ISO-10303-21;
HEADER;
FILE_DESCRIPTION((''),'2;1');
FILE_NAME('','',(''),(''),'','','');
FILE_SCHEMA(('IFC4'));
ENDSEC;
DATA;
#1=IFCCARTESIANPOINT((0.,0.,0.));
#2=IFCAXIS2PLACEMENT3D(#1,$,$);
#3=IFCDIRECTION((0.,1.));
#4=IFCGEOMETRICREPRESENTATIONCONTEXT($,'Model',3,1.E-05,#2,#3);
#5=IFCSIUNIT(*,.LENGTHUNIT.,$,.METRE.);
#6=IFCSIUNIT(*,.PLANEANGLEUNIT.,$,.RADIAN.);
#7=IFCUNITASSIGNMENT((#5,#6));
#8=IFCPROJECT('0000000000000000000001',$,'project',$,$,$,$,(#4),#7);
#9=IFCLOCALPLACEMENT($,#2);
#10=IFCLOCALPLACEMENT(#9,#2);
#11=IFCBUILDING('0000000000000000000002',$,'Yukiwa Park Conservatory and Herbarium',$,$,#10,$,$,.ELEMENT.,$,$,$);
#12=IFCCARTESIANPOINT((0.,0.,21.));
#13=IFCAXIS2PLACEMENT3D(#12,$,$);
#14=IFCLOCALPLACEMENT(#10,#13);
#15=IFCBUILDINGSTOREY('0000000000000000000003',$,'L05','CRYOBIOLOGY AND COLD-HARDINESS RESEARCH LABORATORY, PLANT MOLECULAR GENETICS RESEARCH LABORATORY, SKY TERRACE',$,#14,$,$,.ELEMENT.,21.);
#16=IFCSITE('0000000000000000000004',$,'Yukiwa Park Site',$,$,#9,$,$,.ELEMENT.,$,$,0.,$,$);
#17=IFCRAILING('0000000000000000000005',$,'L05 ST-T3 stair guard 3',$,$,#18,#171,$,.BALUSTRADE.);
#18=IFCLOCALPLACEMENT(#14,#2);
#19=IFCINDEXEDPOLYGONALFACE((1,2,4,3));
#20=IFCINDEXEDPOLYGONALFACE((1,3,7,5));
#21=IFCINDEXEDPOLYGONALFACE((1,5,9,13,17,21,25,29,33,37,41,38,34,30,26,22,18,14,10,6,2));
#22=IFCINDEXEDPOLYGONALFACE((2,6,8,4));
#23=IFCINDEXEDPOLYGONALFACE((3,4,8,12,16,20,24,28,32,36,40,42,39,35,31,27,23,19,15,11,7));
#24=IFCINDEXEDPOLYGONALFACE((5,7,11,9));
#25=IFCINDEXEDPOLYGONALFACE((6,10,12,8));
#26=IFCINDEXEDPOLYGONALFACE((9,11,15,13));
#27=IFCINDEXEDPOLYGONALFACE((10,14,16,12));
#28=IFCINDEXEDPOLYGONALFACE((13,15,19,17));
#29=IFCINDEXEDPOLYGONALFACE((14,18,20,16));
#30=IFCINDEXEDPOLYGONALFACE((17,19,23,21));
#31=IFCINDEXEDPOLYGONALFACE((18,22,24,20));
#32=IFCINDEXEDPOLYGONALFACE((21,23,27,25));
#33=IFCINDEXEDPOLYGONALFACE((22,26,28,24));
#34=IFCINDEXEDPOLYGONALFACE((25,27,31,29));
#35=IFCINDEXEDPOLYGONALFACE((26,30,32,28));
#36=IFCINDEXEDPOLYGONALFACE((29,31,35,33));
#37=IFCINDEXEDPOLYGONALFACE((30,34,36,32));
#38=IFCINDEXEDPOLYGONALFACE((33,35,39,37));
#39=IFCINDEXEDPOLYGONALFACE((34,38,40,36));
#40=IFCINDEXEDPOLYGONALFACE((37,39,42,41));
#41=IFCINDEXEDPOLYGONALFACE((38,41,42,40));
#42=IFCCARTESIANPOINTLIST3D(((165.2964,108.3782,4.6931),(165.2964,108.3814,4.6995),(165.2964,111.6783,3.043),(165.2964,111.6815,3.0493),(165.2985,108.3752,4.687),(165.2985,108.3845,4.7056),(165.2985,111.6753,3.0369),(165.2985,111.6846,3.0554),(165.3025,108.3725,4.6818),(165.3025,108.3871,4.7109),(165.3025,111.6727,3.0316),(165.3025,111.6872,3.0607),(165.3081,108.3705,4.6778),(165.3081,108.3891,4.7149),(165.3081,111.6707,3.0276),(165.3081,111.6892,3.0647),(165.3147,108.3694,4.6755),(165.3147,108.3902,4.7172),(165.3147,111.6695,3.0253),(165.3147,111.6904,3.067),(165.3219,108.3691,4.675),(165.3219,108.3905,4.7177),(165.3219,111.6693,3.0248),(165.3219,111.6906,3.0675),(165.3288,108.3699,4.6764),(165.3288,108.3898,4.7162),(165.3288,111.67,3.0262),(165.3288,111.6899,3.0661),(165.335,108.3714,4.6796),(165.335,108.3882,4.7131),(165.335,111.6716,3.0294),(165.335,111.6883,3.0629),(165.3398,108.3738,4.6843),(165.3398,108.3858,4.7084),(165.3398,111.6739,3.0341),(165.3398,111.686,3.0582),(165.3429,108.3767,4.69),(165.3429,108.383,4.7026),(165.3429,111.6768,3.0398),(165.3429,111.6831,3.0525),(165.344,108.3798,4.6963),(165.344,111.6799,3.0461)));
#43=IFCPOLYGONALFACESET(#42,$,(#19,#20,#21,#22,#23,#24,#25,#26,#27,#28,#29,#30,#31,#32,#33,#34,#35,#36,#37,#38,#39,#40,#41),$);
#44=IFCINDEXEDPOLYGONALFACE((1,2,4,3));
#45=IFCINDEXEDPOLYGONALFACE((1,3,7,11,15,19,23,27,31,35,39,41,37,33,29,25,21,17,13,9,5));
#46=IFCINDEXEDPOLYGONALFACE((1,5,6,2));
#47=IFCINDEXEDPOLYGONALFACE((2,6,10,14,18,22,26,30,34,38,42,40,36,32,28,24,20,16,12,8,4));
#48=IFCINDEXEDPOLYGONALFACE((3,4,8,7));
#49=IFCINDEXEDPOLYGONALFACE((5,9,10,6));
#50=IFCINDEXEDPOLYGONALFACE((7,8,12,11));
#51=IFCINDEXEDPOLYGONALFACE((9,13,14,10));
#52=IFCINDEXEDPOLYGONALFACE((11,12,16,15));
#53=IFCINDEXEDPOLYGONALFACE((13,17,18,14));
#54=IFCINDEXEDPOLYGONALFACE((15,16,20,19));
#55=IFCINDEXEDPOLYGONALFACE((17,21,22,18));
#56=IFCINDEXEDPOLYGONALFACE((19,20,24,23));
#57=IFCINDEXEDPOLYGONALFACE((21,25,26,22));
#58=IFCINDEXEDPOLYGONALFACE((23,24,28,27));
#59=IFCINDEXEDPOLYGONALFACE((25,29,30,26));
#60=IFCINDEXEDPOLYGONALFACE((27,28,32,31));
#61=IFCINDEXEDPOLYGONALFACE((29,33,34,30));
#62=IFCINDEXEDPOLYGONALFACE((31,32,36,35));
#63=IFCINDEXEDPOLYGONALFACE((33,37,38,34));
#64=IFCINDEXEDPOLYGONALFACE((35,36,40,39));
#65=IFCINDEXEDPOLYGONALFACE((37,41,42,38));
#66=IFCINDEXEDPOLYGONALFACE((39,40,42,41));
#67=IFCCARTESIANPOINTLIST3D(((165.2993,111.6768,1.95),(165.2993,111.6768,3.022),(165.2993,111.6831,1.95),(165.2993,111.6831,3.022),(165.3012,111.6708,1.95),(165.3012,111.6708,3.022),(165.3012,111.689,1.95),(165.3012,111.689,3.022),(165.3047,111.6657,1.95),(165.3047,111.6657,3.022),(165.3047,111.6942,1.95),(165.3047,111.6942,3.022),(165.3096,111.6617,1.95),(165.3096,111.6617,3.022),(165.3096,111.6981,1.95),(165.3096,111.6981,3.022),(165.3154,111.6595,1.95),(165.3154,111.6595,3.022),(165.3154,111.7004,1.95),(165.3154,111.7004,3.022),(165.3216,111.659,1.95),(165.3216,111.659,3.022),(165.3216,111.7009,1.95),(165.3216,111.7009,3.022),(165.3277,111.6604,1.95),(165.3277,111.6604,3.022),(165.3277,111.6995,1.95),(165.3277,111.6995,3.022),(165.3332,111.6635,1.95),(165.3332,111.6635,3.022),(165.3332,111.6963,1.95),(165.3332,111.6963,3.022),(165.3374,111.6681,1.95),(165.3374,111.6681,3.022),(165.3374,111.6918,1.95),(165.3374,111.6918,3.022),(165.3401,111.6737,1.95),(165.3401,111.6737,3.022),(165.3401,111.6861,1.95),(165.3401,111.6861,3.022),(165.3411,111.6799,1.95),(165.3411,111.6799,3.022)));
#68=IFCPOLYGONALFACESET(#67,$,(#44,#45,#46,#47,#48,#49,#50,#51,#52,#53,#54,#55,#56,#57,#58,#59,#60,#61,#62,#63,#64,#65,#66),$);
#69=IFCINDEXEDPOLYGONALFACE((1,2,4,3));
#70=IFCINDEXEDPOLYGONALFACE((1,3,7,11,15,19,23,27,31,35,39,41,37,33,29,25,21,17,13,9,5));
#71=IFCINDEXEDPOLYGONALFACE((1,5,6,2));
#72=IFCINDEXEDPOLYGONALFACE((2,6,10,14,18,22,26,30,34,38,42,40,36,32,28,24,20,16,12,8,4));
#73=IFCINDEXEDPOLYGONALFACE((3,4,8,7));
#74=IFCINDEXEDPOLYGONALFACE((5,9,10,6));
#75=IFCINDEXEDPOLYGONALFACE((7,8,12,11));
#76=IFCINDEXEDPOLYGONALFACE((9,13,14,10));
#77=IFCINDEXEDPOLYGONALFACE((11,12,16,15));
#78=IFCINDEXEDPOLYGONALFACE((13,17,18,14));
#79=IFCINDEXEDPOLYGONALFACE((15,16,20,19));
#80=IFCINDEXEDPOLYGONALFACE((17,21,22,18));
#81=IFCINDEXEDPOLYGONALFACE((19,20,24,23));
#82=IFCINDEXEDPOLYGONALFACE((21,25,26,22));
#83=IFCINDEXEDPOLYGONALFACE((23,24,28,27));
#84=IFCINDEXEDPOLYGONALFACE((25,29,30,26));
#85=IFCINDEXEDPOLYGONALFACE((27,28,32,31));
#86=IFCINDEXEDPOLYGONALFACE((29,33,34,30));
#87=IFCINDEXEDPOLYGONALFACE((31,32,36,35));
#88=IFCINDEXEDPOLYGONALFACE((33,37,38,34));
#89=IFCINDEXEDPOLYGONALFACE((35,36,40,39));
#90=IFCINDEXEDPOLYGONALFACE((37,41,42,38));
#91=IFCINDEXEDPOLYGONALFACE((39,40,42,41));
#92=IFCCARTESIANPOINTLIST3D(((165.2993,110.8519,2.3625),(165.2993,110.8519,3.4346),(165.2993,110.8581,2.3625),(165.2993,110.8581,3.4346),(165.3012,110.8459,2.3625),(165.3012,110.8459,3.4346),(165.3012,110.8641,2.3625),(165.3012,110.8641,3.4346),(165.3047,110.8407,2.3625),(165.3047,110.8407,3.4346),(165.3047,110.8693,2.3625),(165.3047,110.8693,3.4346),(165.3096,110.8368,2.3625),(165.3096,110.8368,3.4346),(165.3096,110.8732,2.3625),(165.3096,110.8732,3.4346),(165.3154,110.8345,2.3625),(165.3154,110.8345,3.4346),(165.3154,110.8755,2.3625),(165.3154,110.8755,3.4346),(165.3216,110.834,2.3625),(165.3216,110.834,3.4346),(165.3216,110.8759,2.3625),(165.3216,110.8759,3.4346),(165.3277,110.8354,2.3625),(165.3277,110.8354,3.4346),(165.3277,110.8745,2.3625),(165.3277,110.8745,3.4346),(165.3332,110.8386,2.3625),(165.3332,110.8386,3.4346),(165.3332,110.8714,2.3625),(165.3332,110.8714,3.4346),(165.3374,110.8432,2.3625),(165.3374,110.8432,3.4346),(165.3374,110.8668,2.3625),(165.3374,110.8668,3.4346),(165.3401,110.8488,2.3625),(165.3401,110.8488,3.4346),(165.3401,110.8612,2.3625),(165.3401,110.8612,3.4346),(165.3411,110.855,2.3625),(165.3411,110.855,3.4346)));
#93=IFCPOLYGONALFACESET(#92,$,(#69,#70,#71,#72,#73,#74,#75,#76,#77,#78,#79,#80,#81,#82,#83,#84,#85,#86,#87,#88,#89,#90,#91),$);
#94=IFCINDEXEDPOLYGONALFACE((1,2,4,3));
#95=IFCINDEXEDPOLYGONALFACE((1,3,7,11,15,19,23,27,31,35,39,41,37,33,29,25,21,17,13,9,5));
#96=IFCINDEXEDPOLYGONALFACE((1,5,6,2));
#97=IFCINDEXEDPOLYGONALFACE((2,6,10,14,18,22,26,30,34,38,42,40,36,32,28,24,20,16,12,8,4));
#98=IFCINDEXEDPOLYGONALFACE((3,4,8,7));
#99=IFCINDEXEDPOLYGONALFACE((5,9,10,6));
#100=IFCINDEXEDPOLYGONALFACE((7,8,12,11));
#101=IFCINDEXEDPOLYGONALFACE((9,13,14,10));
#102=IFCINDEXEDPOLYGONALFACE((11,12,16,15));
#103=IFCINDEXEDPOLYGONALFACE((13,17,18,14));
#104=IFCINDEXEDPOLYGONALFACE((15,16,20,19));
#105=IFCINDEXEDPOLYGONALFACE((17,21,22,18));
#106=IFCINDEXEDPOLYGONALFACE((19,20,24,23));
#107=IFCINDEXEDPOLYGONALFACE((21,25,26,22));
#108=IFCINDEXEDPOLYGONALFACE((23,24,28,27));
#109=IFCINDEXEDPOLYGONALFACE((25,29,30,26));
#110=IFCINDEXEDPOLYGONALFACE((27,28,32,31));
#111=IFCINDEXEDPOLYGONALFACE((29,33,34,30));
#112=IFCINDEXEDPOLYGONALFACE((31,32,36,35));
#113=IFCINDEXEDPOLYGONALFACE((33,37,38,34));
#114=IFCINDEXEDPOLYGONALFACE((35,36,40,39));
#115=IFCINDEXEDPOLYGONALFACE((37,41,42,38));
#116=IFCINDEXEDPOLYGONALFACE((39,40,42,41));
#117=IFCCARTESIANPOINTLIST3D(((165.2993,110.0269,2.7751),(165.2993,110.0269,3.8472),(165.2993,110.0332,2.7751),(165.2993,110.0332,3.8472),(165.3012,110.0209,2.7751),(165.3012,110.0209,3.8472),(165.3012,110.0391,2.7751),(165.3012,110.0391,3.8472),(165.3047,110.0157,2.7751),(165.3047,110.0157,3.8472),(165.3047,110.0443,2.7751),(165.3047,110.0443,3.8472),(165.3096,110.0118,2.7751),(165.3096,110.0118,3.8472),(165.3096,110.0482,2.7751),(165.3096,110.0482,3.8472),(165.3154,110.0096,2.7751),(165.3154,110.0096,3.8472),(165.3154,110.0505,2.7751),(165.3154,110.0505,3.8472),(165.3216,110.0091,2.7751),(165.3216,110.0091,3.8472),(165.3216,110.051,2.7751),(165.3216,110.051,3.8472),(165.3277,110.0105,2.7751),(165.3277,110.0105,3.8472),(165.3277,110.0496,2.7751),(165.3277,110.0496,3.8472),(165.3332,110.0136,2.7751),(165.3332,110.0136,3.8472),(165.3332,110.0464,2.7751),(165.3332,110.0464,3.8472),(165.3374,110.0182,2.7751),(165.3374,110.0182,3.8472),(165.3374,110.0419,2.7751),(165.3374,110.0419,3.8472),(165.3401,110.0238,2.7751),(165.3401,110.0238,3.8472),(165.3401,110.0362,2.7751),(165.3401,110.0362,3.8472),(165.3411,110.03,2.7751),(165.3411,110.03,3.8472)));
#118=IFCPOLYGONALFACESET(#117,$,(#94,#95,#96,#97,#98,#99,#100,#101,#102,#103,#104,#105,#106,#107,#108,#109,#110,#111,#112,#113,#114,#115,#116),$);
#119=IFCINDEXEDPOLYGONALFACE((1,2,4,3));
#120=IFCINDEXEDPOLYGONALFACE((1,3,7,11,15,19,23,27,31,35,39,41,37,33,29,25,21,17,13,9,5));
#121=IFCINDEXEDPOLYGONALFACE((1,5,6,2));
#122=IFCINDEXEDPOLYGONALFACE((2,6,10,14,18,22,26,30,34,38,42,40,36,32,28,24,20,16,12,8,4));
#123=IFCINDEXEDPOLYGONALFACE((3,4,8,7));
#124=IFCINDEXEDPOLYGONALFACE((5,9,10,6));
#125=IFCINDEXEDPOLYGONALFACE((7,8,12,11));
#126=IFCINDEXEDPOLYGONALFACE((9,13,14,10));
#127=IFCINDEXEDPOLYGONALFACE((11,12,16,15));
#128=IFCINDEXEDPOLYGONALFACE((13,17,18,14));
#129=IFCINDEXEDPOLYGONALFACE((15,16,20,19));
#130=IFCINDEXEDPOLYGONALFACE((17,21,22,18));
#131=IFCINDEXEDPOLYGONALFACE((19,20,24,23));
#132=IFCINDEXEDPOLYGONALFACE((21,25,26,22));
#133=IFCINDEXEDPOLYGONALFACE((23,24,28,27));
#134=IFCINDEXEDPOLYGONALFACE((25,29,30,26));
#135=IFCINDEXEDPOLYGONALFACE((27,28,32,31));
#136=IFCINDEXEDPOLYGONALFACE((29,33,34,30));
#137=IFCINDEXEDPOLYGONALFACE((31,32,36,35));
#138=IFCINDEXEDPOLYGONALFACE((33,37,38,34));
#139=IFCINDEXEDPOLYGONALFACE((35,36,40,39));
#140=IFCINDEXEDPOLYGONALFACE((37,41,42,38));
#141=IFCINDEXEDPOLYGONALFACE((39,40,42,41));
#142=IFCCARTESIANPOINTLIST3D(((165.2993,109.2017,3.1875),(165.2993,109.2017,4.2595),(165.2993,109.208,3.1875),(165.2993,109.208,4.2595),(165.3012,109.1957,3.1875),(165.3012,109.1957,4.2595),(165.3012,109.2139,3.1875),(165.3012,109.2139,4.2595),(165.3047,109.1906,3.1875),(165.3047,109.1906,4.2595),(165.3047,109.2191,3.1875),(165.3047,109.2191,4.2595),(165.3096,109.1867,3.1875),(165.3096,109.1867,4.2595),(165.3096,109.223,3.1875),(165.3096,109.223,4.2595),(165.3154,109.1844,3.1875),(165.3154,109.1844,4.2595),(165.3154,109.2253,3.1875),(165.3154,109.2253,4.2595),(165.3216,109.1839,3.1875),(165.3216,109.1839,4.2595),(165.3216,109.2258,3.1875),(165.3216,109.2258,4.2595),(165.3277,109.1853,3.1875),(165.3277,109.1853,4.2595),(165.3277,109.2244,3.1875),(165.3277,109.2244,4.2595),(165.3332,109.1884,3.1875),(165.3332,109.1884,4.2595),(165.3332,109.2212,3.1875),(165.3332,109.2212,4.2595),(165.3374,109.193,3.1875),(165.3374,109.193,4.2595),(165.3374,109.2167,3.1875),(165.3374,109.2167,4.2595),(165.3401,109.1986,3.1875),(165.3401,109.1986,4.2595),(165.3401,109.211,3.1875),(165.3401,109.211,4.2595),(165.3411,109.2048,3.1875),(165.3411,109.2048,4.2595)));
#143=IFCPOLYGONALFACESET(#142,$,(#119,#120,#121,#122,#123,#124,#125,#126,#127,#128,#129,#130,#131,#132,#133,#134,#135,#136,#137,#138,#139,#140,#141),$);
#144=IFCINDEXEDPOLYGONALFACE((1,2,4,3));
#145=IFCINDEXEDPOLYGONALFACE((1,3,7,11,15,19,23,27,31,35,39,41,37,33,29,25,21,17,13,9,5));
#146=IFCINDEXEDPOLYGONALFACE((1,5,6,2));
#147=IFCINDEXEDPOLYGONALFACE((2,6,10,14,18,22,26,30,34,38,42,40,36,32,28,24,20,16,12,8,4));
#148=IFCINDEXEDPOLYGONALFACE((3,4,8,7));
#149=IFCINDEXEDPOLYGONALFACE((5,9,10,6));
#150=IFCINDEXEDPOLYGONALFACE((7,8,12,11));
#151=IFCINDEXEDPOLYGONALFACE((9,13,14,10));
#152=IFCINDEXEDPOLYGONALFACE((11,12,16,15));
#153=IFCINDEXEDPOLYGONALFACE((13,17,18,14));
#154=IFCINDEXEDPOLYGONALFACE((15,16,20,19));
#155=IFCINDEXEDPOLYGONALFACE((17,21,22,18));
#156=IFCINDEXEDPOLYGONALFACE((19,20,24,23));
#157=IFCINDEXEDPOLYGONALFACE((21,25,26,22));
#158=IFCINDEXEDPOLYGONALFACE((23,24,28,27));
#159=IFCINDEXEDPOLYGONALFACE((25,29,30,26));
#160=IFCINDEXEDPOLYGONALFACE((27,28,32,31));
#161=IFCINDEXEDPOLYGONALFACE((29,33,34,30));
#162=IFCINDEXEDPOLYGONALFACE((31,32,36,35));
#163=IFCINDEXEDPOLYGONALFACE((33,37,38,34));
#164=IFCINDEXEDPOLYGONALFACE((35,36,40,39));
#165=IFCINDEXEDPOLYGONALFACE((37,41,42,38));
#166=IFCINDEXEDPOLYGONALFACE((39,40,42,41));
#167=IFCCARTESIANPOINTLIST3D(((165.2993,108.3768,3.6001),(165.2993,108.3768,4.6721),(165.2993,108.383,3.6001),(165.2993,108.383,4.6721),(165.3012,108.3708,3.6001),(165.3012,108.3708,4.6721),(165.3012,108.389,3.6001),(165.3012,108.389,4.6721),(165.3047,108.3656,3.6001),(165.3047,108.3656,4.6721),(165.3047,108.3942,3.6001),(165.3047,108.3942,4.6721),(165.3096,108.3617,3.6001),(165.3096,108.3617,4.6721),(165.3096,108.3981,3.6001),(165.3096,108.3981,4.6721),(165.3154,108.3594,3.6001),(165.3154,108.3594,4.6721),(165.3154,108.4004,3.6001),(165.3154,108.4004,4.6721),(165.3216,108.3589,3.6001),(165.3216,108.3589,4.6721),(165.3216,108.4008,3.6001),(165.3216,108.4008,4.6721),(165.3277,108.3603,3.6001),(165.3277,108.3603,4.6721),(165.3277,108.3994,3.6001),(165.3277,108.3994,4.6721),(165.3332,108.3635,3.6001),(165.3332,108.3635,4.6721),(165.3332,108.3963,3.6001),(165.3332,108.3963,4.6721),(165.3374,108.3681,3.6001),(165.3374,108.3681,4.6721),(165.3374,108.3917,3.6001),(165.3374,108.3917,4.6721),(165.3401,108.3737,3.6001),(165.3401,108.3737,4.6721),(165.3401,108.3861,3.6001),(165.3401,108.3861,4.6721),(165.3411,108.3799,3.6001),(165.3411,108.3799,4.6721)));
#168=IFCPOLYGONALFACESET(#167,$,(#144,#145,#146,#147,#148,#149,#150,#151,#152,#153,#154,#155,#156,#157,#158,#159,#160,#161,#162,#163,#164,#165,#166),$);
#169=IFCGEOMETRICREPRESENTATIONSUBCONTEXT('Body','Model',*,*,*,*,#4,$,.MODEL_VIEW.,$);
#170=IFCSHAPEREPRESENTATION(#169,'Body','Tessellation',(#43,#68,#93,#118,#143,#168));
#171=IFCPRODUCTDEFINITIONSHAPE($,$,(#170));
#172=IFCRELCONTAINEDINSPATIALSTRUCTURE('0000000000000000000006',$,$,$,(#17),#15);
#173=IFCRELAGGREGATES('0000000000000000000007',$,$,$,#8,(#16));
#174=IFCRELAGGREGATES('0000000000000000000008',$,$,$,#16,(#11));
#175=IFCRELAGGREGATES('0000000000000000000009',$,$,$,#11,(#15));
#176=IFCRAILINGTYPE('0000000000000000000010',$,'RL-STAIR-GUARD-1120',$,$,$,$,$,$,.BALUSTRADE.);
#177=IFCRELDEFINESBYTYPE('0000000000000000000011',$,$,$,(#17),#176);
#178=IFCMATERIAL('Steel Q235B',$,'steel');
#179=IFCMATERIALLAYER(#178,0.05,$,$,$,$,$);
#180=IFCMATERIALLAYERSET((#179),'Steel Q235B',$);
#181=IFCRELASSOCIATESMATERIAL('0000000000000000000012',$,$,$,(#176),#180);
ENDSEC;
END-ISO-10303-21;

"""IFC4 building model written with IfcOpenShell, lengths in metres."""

from ifc_helpers import new_model, si_unit, direction, frame, origin, origin_2d, place, context, subcontext, project, spatial, circle, extrude, material, layer, layer_set, type_object, element, save


model = new_model("IFC4")

# Units and contexts
model_context = context("Model", 3, precision=1e-05, world=origin(), true_north=direction((0.0, 1.0)))
body_context = subcontext(model_context, "Body", "Model", "MODEL_VIEW")
ifc_project = project(units=[si_unit("LENGTHUNIT", "METRE"), si_unit("PLANEANGLEUNIT", "RADIAN")], contexts=[model_context])

# Site, building, storey
site_placement = place(None, origin())
site = spatial("IfcSite", under=ifc_project, at=site_placement, Name="Yukiwa Park Site", CompositionType="ELEMENT", RefElevation=0.0)
building_placement = place(site_placement, origin())
building = spatial("IfcBuilding", under=site, at=building_placement, Name="Yukiwa Park Conservatory and Herbarium", CompositionType="ELEMENT")
storey_placement = place(building_placement, frame((0.0, 0.0, 21.0)))
storey = spatial("IfcBuildingStorey", under=building, at=storey_placement, Name="L05", Description="CRYOBIOLOGY AND COLD-HARDINESS RESEARCH LABORATORY, PLANT MOLECULAR GENETICS RESEARCH LABORATORY, SKY TERRACE", CompositionType="ELEMENT", Elevation=21.0)

# Railing
ifc_material_1 = material(Name="Steel Q235B", Category="steel")
ifc_layer_1 = layer(ifc_material_1, 0.05)
ifc_layer_set_1 = layer_set([ifc_layer_1], Name="Steel Q235B")
railing_type_1 = type_object("IfcRailingType", Name="RL-STAIR-GUARD-1120", PredefinedType="BALUSTRADE", material=ifc_layer_set_1)
railing_1_placement = place(storey_placement, frame((165.3201, 111.6799, 1.95)))
element("IfcRailing", 1, at=railing_1_placement, inside=storey, type_object=railing_type_1, Name="L05 ST-T3 stair guard 3", PredefinedType="BALUSTRADE", context=body_context, shape_type="SweptSolid", body=[
    extrude(circle(Radius=0.0239, at=origin_2d()), frame((0.0, 0.0, 1.0962), z_axis=(0.0, -0.894414, 0.44724), x_axis=(1.0, 0.0, 0.0)), (0.0, 0.0, 1.0), 3.6897),
    extrude(circle(Radius=0.021, at=origin_2d()), origin(), (0.0, 0.0, 1.0), 1.072),
    extrude(circle(Radius=0.021, at=origin_2d()), frame((0.0, -0.825, 0.4126)), (0.0, 0.0, 1.0), 1.072),
    extrude(circle(Radius=0.021, at=origin_2d()), frame((0.0, -1.6499, 0.8252)), (0.0, 0.0, 1.0), 1.072),
    extrude(circle(Radius=0.021, at=origin_2d()), frame((0.0, -2.4751, 1.2375)), (0.0, 0.0, 1.0), 1.072),
    extrude(circle(Radius=0.021, at=origin_2d()), frame((0.0, -3.3, 1.6501)), (0.0, 0.0, 1.0), 1.072),
])

save(model, "model.ifc")
